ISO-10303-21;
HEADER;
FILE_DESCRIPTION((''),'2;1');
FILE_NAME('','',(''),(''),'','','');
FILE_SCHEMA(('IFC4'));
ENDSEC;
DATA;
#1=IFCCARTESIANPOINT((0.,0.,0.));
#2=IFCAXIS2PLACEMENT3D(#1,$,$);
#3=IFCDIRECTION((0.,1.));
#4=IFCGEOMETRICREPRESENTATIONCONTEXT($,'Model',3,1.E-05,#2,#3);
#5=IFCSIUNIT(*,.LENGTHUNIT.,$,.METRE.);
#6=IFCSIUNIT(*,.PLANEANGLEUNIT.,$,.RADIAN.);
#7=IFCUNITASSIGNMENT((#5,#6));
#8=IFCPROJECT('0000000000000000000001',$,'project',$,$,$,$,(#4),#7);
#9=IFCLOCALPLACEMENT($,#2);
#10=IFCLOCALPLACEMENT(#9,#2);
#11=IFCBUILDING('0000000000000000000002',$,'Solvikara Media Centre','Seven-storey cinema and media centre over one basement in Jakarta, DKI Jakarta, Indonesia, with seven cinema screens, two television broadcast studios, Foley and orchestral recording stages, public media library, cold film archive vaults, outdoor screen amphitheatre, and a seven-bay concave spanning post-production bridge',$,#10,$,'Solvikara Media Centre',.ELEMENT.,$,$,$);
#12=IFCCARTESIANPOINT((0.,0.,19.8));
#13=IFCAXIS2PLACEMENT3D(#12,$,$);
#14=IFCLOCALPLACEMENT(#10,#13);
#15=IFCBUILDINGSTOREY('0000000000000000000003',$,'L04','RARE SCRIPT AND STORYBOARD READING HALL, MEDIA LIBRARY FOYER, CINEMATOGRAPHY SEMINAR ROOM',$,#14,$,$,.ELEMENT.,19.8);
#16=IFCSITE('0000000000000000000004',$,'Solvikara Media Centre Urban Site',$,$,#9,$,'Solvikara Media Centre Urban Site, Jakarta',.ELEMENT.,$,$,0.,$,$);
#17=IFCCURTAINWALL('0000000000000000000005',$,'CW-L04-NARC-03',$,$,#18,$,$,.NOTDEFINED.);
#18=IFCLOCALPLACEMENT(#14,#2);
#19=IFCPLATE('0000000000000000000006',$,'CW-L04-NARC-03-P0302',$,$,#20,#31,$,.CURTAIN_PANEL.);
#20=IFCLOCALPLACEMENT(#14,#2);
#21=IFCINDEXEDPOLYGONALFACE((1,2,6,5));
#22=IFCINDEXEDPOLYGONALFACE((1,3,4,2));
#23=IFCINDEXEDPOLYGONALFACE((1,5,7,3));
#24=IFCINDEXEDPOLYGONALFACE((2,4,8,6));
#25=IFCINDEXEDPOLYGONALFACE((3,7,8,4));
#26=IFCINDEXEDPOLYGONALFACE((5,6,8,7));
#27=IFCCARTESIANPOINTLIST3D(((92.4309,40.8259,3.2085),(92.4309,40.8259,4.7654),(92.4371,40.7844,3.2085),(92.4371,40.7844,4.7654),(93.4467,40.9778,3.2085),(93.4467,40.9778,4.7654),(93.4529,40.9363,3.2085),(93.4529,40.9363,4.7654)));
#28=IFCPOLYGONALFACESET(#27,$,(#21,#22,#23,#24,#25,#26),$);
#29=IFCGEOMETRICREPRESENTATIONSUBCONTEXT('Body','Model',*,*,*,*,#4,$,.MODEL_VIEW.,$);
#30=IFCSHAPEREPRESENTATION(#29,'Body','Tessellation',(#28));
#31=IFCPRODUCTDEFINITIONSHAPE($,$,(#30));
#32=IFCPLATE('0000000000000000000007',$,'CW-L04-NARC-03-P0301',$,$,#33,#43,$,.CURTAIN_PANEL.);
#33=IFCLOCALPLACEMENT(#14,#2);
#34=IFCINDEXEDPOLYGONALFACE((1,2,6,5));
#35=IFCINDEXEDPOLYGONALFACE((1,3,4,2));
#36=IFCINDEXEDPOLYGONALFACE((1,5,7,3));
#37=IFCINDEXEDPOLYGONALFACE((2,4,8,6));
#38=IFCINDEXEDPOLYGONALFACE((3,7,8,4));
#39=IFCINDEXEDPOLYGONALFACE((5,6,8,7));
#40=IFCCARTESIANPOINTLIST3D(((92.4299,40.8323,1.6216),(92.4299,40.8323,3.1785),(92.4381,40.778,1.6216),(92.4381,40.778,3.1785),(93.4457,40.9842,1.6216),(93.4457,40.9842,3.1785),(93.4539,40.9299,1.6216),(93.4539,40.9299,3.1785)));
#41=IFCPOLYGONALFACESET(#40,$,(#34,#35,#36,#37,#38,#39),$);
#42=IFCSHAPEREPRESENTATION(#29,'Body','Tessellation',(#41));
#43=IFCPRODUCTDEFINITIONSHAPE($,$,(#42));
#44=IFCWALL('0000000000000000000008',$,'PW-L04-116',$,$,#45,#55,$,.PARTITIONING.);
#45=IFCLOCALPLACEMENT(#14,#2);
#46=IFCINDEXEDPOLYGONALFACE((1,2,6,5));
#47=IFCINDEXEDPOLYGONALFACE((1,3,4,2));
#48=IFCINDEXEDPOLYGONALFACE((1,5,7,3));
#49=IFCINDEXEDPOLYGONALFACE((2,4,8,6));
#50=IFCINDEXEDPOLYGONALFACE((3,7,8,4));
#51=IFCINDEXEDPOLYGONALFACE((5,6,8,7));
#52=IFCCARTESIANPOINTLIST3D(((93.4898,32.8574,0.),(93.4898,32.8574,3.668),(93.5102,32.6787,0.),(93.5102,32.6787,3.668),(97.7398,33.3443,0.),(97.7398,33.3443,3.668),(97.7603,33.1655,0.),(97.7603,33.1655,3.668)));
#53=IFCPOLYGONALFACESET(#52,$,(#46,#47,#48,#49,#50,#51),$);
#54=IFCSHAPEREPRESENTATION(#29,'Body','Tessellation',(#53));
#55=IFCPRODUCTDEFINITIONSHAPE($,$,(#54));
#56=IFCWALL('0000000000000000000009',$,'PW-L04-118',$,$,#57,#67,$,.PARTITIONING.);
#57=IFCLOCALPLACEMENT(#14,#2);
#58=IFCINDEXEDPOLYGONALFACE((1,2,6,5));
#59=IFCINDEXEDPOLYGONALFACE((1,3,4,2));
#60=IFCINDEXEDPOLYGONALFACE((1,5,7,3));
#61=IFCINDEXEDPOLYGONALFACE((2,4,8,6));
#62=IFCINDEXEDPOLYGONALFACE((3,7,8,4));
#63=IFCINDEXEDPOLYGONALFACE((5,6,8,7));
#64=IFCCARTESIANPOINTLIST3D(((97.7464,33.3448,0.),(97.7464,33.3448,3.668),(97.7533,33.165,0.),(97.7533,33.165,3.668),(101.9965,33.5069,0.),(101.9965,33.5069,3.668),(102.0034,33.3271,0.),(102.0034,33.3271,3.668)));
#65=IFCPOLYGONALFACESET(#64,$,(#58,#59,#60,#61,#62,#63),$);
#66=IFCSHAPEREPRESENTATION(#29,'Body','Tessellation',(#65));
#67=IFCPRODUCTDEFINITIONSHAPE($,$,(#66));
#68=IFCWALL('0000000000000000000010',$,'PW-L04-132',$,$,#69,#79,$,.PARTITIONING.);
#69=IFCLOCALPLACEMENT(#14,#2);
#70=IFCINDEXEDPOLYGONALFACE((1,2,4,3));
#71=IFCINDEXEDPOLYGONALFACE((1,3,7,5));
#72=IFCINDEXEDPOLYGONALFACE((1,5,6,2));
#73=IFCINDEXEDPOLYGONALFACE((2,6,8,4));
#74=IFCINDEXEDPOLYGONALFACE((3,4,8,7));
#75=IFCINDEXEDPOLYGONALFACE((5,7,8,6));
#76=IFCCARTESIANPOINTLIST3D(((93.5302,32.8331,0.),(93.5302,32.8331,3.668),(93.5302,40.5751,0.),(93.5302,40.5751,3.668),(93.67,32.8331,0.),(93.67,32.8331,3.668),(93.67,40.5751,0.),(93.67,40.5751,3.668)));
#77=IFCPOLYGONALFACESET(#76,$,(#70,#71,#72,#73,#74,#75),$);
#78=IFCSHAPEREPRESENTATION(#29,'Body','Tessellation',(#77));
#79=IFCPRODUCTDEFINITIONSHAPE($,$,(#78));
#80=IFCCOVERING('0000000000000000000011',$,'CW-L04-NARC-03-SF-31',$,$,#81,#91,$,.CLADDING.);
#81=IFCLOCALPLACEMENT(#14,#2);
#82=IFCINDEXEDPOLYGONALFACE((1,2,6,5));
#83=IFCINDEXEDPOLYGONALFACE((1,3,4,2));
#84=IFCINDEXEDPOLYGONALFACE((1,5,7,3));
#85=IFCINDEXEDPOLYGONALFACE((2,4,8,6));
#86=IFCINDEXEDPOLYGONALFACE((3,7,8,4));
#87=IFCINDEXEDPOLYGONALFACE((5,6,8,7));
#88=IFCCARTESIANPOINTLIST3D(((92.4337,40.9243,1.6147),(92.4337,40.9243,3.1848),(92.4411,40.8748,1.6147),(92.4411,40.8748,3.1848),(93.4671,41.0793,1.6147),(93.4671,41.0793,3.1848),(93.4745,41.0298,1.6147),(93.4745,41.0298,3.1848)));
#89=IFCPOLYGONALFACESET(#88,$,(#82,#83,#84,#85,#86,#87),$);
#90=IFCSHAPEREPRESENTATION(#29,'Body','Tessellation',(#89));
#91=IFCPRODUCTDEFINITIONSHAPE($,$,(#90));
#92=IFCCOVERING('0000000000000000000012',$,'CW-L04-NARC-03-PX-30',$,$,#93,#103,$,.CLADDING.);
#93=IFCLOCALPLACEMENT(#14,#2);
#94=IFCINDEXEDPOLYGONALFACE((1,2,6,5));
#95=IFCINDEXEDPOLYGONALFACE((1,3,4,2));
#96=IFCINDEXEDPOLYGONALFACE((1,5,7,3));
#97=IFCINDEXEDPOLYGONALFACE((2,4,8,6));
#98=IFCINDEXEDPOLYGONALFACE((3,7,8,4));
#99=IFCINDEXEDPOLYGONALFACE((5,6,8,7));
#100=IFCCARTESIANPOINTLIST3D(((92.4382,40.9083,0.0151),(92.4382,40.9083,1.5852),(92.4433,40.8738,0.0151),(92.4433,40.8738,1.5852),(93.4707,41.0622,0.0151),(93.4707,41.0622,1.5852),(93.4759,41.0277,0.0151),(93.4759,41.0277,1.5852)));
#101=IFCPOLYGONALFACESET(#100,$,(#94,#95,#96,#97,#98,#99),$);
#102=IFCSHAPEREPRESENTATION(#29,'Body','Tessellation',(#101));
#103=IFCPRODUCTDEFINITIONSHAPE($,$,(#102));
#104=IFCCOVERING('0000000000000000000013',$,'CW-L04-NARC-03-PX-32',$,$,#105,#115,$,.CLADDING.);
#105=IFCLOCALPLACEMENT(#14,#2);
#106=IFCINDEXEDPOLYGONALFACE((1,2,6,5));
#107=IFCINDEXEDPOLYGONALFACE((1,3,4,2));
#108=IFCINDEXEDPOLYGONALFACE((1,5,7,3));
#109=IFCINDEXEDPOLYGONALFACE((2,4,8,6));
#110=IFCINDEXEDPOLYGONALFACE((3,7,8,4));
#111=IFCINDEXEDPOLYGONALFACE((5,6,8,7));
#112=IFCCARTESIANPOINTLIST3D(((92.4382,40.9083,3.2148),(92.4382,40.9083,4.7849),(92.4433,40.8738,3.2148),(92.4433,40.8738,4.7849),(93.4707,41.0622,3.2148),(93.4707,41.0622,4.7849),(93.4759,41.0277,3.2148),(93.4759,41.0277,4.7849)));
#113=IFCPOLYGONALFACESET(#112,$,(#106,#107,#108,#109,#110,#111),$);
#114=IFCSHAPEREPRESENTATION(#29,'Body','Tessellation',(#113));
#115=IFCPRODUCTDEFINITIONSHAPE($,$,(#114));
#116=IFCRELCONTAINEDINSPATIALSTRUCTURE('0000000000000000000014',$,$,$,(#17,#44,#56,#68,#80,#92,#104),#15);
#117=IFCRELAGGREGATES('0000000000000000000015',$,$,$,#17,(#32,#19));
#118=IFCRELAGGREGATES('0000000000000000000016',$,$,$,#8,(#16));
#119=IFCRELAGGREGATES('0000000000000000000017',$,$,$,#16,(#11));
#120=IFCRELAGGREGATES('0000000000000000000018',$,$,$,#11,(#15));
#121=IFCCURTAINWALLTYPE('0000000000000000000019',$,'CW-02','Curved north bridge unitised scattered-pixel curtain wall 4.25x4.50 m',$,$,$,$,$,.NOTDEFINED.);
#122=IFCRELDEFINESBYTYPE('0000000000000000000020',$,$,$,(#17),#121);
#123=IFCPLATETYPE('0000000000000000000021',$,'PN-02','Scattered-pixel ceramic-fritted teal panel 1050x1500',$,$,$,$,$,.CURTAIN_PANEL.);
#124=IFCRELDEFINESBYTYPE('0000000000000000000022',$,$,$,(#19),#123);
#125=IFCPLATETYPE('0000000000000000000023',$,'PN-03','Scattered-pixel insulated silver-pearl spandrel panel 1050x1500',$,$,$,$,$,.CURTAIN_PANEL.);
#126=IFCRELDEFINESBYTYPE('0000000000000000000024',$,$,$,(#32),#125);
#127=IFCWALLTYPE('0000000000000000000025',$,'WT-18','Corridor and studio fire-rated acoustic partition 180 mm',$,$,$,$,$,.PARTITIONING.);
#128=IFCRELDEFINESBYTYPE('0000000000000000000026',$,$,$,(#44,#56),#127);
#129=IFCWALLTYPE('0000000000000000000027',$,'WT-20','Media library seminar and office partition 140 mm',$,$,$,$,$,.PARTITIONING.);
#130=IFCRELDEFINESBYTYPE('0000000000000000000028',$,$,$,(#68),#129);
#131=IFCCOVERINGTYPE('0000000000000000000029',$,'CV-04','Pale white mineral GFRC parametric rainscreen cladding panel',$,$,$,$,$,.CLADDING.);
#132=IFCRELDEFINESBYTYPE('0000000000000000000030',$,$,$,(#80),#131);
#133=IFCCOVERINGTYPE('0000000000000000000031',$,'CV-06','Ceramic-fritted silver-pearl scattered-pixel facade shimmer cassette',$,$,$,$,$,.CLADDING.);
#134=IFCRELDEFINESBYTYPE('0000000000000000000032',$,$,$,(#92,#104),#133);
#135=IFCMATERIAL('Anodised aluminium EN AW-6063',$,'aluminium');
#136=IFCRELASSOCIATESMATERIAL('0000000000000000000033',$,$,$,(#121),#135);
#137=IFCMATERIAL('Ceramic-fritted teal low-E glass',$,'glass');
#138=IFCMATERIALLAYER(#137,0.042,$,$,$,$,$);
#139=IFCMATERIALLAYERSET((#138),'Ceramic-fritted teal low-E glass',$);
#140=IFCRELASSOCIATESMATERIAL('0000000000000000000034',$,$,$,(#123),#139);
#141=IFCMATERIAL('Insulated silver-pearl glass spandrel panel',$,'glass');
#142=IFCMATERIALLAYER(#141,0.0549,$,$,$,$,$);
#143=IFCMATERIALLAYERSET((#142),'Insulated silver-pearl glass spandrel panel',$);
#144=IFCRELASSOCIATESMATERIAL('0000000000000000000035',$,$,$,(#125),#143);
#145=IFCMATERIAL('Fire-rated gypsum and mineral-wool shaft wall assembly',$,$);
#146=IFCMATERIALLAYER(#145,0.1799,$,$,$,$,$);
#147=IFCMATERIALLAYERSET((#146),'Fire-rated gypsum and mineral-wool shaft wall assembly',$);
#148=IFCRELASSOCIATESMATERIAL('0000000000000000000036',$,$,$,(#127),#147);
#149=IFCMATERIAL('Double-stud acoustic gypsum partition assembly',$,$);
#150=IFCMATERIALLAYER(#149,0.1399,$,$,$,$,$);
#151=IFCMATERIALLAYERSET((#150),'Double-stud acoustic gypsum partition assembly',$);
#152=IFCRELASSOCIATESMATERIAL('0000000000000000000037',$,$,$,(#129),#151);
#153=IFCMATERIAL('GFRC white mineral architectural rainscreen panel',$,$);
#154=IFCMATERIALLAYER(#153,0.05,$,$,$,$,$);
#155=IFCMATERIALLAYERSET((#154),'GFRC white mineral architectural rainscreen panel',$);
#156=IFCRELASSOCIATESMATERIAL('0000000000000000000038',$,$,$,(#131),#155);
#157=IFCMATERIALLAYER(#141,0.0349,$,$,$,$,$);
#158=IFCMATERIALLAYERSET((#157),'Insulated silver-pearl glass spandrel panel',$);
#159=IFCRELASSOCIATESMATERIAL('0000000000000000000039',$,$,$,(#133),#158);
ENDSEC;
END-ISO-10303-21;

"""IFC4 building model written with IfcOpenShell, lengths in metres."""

from ifc_helpers import new_model, si_unit, direction, frame, frame_2d, origin, origin_2d, place, context, subcontext, project, spatial, rectangle, extrude, material, layer, layer_set, type_object, element, aggregate, save


model = new_model("IFC4")

# Units and contexts
model_context = context("Model", 3, precision=1e-05, world=origin(), true_north=direction((0.0, 1.0)))
body_context = subcontext(model_context, "Body", "Model", "MODEL_VIEW")
ifc_project = project(units=[si_unit("LENGTHUNIT", "METRE"), si_unit("PLANEANGLEUNIT", "RADIAN")], contexts=[model_context])

# Site, building, storey
site_placement = place(None, origin())
site = spatial("IfcSite", under=ifc_project, at=site_placement, Name="Solvikara Media Centre Urban Site", LongName="Solvikara Media Centre Urban Site, Jakarta", CompositionType="ELEMENT", RefElevation=0.0)
building_placement = place(site_placement, origin())
building = spatial("IfcBuilding", under=site, at=building_placement, Name="Solvikara Media Centre", Description="Seven-storey cinema and media centre over one basement in Jakarta, DKI Jakarta, Indonesia, with seven cinema screens, two television broadcast studios, Foley and orchestral recording stages, public media library, cold film archive vaults, outdoor screen amphitheatre, and a seven-bay concave spanning post-production bridge", LongName="Solvikara Media Centre", CompositionType="ELEMENT")
storey_placement = place(building_placement, frame((0.0, 0.0, 19.8)))
storey = spatial("IfcBuildingStorey", under=building, at=storey_placement, Name="L04", Description="RARE SCRIPT AND STORYBOARD READING HALL, MEDIA LIBRARY FOYER, CINEMATOGRAPHY SEMINAR ROOM", CompositionType="ELEMENT", Elevation=19.8)

# Curtain wall
ifc_material_1 = material(Name="Anodised aluminium EN AW-6063", Category="aluminium")
curtain_wall_type = type_object("IfcCurtainWallType", Name="CW-02", Description="Curved north bridge unitised scattered-pixel curtain wall 4.25x4.50 m", PredefinedType="NOTDEFINED", material=ifc_material_1)
curtain_wall_1_placement = place(storey_placement, origin())
curtain_wall_1 = element("IfcCurtainWall", 1, at=curtain_wall_1_placement, inside=storey, type_object=curtain_wall_type, Name="CW-L04-NARC-03", PredefinedType="NOTDEFINED")

# Plates
ifc_material_2 = material(Name="Ceramic-fritted teal low-E glass", Category="glass")
ifc_layer_1 = layer(ifc_material_2, 0.042)
ifc_layer_set_1 = layer_set([ifc_layer_1], Name="Ceramic-fritted teal low-E glass")
plate_type_1 = type_object("IfcPlateType", Name="PN-02", Description="Scattered-pixel ceramic-fritted teal panel 1050x1500", PredefinedType="CURTAIN_PANEL", material=ifc_layer_set_1)
plate_1_placement = place(storey_placement, frame((92.9419, 40.8811, 3.2085), z_axis=(0.0, 0.0, 1.0), x_axis=(0.989006, 0.147878, 0.0)))
plate_1 = element("IfcPlate", 2, at=plate_1_placement, type_object=plate_type_1, Name="CW-L04-NARC-03-P0302", PredefinedType="CURTAIN_PANEL", context=body_context, shape_type="SweptSolid", body=[
    extrude(rectangle(XDim=1.0271, YDim=0.042, at=origin_2d()), origin(), (0.0, 0.0, 1.0), 1.5569),
])
ifc_material_3 = material(Name="Insulated silver-pearl glass spandrel panel", Category="glass")
ifc_layer_2 = layer(ifc_material_3, 0.0549)
ifc_layer_set_2 = layer_set([ifc_layer_2], Name="Insulated silver-pearl glass spandrel panel")
plate_type_2 = type_object("IfcPlateType", Name="PN-03", Description="Scattered-pixel insulated silver-pearl spandrel panel 1050x1500", PredefinedType="CURTAIN_PANEL", material=ifc_layer_set_2)
plate_2_placement = place(storey_placement, frame((92.9419, 40.8811, 1.6216), z_axis=(0.0, 0.0, 1.0), x_axis=(0.989006, 0.147878, 0.0)))
plate_2 = element("IfcPlate", 3, at=plate_2_placement, type_object=plate_type_2, Name="CW-L04-NARC-03-P0301", PredefinedType="CURTAIN_PANEL", context=body_context, shape_type="SweptSolid", body=[
    extrude(rectangle(XDim=1.0271, YDim=0.0549, at=origin_2d()), origin(), (0.0, 0.0, 1.0), 1.5569),
])
aggregate(curtain_wall_1, [plate_2, plate_1])

# Walls
ifc_material_4 = material(Name="Fire-rated gypsum and mineral-wool shaft wall assembly")
ifc_layer_3 = layer(ifc_material_4, 0.1799)
ifc_layer_set_3 = layer_set([ifc_layer_3], Name="Fire-rated gypsum and mineral-wool shaft wall assembly")
wall_type_1 = type_object("IfcWallType", Name="WT-18", Description="Corridor and studio fire-rated acoustic partition 180 mm", PredefinedType="PARTITIONING", material=ifc_layer_set_3)
wall_1_placement = place(storey_placement, frame((93.5, 32.7681, 0.0), z_axis=(0.0, 0.0, 1.0), x_axis=(0.993504, 0.113801, 0.0)))
element("IfcWall", 4, at=wall_1_placement, inside=storey, type_object=wall_type_1, Name="PW-L04-116", PredefinedType="PARTITIONING", context=body_context, shape_type="SweptSolid", body=[
    extrude(rectangle(XDim=4.2778, YDim=0.1799, at=frame_2d((2.1389, 0.0))), origin(), (0.0, 0.0, 1.0), 3.668),
])
wall_2_placement = place(storey_placement, frame((97.75, 33.2549, 0.0), z_axis=(0.0, 0.0, 1.0), x_axis=(0.999273, 0.038116, 0.0)))
element("IfcWall", 5, at=wall_2_placement, inside=storey, type_object=wall_type_1, Name="PW-L04-118", PredefinedType="PARTITIONING", context=body_context, shape_type="SweptSolid", body=[
    extrude(rectangle(XDim=4.2532, YDim=0.1799, at=frame_2d((2.1265, 0.0))), origin(), (0.0, 0.0, 1.0), 3.668),
])
ifc_material_5 = material(Name="Double-stud acoustic gypsum partition assembly")
ifc_layer_4 = layer(ifc_material_5, 0.1399)
ifc_layer_set_4 = layer_set([ifc_layer_4], Name="Double-stud acoustic gypsum partition assembly")
wall_type_2 = type_object("IfcWallType", Name="WT-20", Description="Media library seminar and office partition 140 mm", PredefinedType="PARTITIONING", material=ifc_layer_set_4)
wall_3_placement = place(storey_placement, frame((93.6001, 32.833, 0.0), z_axis=(0.0, 0.0, 1.0), x_axis=(0.0, 1.0, 0.0)))
element("IfcWall", 6, at=wall_3_placement, inside=storey, type_object=wall_type_2, Name="PW-L04-132", PredefinedType="PARTITIONING", context=body_context, shape_type="SweptSolid", body=[
    extrude(rectangle(XDim=7.7419, YDim=0.1399, at=frame_2d((3.8711, 0.0))), origin(), (0.0, 0.0, 1.0), 3.668),
])

# Coverings
ifc_material_6 = material(Name="GFRC white mineral architectural rainscreen panel")
ifc_layer_5 = layer(ifc_material_6, 0.05)
ifc_layer_set_5 = layer_set([ifc_layer_5], Name="GFRC white mineral architectural rainscreen panel")
covering_type_1 = type_object("IfcCoveringType", Name="CV-04", Description="Pale white mineral GFRC parametric rainscreen cladding panel", PredefinedType="CLADDING", material=ifc_layer_set_5)
covering_placement = place(storey_placement, frame((92.9541, 40.9771, 1.6147), z_axis=(0.0, 0.0, 1.0), x_axis=(0.988931, 0.148379, 0.0)))
element("IfcCovering", 7, at=covering_placement, inside=storey, type_object=covering_type_1, Name="CW-L04-NARC-03-SF-31", PredefinedType="CLADDING", context=body_context, shape_type="SweptSolid", body=[
    extrude(rectangle(XDim=1.0449, YDim=0.05, at=origin_2d()), origin(), (0.0, 0.0, 1.0), 1.5701),
])
ifc_layer_6 = layer(ifc_material_3, 0.0349)
ifc_layer_set_6 = layer_set([ifc_layer_6], Name="Insulated silver-pearl glass spandrel panel")
covering_type_2 = type_object("IfcCoveringType", Name="CV-06", Description="Ceramic-fritted silver-pearl scattered-pixel facade shimmer cassette", PredefinedType="CLADDING", material=ifc_layer_set_6)
for number, where, z_axis, x_axis, name in (
    (8, (92.957, 40.968, 0.0151), (0.0, 0.0, 1.0), (0.98907, 0.147447, 0.0), "CW-L04-NARC-03-PX-30"),
    (9, (92.957, 40.968, 3.2148), (0.0, 0.0, 1.0), (0.98907, 0.147447, 0.0), "CW-L04-NARC-03-PX-32"),
):
    element("IfcCovering", number, at=place(storey_placement, frame(where, z_axis=z_axis, x_axis=x_axis)), inside=storey, type_object=covering_type_2, Name=name, PredefinedType="CLADDING", context=body_context, shape_type="SweptSolid", body=[
        extrude(rectangle(XDim=1.0439, YDim=0.0349, at=origin_2d()), origin(), (0.0, 0.0, 1.0), 1.5701),
    ])

save(model, "model.ifc")
